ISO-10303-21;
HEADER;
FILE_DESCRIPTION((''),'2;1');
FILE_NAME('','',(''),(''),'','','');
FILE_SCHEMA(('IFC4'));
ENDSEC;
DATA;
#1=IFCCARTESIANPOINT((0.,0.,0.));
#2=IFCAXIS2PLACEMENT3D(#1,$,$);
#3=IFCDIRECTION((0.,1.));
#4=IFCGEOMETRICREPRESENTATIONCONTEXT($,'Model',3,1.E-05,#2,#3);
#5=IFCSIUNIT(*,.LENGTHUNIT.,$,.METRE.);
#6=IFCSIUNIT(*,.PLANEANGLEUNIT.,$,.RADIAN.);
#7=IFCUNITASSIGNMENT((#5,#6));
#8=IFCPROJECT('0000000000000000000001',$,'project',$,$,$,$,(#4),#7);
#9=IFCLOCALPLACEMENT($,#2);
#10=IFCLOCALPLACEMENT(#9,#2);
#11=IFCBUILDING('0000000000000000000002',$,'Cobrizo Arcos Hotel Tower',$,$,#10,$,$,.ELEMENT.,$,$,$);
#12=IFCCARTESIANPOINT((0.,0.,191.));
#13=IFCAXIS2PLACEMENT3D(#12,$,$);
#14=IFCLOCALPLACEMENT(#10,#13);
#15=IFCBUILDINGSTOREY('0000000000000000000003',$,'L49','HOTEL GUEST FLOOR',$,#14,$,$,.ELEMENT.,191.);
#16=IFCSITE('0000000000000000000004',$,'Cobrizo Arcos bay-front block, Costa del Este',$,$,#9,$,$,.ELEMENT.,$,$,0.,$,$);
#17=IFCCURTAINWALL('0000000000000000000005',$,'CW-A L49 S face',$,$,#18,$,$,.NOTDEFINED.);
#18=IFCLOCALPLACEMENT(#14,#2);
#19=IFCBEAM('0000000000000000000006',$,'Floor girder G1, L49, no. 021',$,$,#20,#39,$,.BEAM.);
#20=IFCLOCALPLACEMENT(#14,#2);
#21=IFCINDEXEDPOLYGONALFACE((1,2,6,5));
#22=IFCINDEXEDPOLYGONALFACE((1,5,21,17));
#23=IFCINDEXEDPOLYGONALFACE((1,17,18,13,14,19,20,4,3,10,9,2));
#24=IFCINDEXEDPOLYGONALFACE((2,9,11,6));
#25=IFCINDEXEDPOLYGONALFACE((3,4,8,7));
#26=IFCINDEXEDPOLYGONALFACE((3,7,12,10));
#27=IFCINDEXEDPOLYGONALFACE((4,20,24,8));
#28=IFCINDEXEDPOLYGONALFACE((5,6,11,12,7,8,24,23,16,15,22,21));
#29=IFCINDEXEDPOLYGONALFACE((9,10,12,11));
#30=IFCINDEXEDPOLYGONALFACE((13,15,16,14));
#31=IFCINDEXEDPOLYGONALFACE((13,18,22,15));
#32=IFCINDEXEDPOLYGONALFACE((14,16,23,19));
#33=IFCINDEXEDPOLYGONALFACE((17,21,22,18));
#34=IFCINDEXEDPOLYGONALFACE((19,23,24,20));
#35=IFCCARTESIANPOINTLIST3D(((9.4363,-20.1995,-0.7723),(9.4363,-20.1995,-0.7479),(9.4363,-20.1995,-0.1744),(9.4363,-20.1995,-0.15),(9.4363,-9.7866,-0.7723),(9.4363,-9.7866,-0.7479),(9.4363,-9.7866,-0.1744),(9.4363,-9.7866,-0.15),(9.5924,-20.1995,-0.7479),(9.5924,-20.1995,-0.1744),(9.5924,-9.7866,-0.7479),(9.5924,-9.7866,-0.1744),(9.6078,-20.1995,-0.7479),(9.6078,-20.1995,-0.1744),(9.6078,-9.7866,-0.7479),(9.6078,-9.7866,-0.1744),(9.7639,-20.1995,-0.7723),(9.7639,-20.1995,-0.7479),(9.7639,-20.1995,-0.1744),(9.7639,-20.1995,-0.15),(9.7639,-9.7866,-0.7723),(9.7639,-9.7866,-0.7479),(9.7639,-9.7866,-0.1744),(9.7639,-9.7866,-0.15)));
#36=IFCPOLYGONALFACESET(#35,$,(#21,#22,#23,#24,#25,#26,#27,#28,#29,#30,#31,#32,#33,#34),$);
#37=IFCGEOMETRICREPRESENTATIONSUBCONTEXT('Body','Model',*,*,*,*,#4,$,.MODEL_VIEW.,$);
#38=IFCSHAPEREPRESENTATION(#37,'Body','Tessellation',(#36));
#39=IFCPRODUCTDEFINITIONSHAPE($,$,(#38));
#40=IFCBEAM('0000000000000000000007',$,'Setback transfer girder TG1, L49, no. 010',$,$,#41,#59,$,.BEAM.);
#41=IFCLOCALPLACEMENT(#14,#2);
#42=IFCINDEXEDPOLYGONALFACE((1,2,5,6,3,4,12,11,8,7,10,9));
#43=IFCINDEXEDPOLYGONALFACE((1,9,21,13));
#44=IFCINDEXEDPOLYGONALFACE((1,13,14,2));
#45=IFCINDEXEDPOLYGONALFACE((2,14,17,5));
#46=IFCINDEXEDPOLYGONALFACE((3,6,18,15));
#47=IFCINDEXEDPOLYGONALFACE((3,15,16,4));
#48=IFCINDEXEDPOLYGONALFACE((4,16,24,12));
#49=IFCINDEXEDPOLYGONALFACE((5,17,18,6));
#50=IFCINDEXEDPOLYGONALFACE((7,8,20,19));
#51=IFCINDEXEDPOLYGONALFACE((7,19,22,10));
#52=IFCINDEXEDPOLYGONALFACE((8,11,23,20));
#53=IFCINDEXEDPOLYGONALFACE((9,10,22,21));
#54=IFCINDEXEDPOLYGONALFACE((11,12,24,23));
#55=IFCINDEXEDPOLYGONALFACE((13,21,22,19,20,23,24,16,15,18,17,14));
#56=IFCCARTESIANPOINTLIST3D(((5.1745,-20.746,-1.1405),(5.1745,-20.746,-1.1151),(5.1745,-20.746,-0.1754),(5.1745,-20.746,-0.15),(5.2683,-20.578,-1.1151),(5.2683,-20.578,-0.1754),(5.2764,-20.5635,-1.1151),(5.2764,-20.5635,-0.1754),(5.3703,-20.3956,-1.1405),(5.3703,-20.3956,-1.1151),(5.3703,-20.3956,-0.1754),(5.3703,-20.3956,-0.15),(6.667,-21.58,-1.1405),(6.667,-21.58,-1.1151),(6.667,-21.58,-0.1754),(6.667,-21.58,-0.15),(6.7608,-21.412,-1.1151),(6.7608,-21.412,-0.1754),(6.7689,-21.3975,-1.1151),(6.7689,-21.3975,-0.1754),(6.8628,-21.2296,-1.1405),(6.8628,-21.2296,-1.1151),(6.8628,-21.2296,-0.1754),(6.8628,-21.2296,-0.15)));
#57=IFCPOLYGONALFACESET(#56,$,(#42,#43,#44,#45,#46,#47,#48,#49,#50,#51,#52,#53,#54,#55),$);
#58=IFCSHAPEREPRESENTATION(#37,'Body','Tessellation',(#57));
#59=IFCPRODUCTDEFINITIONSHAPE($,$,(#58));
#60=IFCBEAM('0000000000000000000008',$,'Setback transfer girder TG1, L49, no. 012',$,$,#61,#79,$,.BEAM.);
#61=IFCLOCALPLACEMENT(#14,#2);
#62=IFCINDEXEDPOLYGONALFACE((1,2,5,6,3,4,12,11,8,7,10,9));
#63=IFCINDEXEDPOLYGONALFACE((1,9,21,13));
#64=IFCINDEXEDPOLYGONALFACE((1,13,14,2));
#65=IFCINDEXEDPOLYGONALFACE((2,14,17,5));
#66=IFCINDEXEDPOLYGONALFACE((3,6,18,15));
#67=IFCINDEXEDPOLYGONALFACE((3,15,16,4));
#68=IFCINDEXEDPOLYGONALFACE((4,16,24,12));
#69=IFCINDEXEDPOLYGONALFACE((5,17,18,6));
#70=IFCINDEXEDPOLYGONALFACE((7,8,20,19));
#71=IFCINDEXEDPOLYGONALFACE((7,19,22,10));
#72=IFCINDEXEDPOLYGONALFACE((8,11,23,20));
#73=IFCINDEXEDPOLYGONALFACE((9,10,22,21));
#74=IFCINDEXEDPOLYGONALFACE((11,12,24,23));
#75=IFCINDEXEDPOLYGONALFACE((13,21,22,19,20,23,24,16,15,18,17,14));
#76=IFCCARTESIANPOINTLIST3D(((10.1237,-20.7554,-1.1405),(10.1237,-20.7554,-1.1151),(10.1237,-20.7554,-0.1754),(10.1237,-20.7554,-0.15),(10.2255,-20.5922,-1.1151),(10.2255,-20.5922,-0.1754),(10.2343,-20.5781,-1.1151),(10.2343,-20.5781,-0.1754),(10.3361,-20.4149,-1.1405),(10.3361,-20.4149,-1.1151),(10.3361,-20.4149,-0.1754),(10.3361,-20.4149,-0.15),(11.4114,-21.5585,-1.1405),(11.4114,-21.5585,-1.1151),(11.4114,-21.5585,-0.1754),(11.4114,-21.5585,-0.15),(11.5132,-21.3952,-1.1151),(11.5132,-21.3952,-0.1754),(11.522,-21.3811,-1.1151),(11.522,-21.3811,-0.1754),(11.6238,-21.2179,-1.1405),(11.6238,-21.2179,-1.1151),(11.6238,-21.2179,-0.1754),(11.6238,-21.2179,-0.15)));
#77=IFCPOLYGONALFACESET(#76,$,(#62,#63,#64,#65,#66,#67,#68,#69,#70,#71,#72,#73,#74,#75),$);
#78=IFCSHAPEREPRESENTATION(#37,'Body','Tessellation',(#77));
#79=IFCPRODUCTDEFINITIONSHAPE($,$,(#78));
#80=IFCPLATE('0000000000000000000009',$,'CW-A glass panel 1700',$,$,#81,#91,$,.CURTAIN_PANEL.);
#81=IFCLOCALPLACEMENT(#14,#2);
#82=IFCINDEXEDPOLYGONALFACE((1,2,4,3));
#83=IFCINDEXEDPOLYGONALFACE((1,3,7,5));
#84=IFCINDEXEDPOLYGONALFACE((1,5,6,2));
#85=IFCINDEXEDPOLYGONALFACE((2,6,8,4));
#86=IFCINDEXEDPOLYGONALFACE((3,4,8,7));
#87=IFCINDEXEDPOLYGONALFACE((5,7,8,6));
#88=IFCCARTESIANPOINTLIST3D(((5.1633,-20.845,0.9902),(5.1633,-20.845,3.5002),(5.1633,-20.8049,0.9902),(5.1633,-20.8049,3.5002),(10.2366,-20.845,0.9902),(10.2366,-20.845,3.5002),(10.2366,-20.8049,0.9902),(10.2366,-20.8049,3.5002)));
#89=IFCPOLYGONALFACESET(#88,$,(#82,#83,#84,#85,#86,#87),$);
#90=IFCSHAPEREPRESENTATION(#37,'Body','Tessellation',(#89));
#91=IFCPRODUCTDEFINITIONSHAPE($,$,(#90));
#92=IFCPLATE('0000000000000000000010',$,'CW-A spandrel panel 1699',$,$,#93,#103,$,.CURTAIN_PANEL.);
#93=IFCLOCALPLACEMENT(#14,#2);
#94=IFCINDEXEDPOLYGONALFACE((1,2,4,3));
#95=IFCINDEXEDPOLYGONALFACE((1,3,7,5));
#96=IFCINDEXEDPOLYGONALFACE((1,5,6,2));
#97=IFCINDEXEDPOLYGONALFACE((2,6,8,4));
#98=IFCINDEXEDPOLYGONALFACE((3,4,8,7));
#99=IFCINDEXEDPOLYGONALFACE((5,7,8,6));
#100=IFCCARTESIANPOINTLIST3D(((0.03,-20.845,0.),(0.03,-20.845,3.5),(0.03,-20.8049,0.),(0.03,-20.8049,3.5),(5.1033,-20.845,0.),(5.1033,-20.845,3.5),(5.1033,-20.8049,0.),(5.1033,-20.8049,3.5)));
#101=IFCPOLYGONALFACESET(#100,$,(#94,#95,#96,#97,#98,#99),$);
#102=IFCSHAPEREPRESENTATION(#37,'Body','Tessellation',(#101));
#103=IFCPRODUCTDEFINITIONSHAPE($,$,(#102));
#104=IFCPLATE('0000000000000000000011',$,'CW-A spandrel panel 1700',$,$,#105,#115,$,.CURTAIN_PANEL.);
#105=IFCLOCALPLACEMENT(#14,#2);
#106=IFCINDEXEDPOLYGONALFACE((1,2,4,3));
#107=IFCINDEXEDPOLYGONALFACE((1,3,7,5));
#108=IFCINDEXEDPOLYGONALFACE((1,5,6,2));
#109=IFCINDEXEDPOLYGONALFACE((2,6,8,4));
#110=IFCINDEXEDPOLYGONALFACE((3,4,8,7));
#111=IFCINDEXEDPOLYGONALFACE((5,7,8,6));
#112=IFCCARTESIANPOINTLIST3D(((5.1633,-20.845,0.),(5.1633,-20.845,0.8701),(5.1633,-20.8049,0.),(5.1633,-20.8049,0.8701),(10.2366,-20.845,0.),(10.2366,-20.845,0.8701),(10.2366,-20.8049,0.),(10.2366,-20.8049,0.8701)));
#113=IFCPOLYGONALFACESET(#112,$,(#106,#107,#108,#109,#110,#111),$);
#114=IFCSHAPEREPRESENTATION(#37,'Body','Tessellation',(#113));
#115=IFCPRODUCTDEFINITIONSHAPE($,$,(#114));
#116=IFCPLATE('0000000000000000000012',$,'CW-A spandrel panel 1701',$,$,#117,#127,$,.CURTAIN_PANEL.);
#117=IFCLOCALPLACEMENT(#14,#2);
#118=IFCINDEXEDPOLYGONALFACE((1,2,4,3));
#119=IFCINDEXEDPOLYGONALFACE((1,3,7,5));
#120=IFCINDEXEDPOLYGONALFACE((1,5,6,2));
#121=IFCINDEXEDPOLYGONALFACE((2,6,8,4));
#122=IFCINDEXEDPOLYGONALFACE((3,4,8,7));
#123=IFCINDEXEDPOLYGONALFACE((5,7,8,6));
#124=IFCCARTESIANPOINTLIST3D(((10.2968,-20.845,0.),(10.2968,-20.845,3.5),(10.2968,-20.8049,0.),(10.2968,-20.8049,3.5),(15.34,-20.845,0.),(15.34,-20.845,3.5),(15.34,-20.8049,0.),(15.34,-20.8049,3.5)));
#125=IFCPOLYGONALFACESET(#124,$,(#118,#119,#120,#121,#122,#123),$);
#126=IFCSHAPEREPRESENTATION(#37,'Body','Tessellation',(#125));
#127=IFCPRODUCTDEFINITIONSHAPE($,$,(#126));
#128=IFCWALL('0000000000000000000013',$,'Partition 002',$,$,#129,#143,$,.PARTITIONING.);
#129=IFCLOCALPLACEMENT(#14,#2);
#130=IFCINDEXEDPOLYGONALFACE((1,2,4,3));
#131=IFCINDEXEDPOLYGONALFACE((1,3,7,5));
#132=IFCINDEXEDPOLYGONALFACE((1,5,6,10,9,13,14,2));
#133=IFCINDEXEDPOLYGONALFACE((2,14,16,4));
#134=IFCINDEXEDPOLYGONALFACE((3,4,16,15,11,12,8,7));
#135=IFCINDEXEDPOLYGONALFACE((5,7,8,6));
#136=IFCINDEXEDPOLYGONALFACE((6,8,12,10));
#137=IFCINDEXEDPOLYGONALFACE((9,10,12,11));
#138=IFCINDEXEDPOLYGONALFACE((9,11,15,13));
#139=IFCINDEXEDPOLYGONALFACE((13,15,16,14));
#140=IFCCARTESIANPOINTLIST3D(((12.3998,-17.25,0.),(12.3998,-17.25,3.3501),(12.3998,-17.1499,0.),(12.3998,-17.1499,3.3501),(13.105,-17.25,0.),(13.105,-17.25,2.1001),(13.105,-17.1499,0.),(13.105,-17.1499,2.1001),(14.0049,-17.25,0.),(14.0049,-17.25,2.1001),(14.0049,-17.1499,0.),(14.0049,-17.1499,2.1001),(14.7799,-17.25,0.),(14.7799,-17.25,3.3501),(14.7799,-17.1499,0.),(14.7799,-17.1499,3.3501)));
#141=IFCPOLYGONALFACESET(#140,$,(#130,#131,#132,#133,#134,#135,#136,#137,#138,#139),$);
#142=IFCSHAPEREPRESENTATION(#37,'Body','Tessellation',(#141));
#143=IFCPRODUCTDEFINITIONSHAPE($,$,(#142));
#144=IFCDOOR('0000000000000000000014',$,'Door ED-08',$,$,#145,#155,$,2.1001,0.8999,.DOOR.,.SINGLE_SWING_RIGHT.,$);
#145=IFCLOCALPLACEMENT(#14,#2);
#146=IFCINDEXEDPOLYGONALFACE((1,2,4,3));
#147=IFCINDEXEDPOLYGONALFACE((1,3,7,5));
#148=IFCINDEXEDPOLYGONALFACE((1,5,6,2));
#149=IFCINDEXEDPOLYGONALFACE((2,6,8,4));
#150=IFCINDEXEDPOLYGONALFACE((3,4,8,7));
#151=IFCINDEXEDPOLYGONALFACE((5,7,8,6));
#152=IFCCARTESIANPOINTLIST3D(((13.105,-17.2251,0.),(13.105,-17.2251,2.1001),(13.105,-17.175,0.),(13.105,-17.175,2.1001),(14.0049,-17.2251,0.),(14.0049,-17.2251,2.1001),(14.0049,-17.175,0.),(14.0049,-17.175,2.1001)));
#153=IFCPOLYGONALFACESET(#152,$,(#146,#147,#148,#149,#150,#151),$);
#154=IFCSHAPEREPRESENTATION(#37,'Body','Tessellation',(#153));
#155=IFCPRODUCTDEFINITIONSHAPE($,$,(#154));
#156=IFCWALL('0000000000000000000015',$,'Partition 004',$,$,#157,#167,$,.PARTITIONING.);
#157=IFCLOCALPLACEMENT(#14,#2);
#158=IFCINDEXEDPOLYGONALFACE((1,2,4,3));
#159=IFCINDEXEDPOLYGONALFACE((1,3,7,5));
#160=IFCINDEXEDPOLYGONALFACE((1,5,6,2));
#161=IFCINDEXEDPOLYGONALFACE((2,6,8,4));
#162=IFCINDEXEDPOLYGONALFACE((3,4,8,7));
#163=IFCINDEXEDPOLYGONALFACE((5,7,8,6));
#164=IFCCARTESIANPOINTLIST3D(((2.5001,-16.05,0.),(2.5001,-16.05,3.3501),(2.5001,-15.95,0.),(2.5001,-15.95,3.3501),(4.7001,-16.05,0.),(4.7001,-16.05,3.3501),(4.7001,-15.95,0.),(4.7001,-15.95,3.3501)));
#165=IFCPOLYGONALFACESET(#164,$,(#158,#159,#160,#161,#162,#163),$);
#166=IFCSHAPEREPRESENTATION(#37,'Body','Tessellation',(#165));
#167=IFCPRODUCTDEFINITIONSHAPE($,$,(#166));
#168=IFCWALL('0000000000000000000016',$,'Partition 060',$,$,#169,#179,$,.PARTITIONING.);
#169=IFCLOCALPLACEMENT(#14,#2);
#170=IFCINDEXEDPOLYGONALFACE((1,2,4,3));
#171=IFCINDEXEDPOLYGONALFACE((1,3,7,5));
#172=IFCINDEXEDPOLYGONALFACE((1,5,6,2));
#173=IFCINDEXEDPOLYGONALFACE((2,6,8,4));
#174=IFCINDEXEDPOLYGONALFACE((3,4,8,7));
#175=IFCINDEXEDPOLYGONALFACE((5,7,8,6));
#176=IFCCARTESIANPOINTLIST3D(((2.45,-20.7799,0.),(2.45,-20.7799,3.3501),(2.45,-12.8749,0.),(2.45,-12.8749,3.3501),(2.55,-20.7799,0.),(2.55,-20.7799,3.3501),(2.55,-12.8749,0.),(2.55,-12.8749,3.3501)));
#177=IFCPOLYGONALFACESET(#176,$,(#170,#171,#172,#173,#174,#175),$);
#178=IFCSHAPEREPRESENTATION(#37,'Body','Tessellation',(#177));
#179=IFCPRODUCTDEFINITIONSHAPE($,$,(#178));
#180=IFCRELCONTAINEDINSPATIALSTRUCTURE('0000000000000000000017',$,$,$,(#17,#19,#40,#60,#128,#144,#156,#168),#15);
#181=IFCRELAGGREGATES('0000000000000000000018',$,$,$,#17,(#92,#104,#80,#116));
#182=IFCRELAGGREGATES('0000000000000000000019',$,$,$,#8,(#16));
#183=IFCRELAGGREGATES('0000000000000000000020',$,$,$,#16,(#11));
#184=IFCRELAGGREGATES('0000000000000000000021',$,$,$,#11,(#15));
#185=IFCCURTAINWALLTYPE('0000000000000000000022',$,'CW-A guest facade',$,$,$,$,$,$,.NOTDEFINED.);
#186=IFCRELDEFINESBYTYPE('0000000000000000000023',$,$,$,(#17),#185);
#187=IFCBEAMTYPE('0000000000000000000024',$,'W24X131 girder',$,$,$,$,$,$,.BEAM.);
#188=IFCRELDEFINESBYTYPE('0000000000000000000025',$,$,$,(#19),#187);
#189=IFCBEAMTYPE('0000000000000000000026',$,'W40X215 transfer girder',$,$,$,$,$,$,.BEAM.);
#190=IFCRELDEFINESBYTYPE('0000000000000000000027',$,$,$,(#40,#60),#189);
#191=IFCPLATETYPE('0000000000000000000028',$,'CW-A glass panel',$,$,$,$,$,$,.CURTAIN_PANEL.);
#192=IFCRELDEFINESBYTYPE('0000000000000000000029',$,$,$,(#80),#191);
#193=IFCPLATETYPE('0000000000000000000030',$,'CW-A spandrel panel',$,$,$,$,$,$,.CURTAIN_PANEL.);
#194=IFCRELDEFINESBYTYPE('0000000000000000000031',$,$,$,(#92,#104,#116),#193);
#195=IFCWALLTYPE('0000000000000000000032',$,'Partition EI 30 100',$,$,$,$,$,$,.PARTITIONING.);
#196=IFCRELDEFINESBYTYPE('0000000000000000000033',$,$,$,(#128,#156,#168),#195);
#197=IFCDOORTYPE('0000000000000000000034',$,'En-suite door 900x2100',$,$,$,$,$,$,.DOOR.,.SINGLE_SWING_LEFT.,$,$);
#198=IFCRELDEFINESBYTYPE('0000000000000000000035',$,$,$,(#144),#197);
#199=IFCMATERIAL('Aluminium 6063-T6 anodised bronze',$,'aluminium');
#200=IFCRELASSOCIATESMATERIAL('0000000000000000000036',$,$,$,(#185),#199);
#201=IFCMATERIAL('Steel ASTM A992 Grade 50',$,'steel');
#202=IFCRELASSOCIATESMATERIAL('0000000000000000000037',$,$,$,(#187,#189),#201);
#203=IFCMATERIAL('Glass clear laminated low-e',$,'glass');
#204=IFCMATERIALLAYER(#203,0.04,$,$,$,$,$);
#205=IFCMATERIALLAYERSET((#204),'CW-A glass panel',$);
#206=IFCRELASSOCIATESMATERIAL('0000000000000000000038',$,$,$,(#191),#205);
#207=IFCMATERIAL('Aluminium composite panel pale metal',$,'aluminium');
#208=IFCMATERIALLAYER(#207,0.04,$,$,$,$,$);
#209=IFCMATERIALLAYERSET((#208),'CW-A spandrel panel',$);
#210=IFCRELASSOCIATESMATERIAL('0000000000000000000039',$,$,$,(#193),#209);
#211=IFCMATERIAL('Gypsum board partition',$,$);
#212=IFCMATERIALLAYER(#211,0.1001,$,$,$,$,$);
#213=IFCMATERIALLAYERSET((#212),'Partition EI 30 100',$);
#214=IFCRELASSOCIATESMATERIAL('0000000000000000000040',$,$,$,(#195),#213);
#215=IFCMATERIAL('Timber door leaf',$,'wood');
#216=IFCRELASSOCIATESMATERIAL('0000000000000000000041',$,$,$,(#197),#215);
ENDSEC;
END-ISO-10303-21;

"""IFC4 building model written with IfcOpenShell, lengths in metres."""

from ifc_helpers import new_model, si_unit, direction, frame, frame_2d, origin, origin_2d, place, context, subcontext, project, spatial, rectangle, i_section, extrude, material, layer, layer_set, material_profile, profile_set, type_object, element, fill, aggregate, save


model = new_model("IFC4")

# Units and contexts
model_context = context("Model", 3, precision=1e-05, world=origin(), true_north=direction((0.0, 1.0)))
body_context = subcontext(model_context, "Body", "Model", "MODEL_VIEW")
ifc_project = project(units=[si_unit("LENGTHUNIT", "METRE"), si_unit("PLANEANGLEUNIT", "RADIAN")], contexts=[model_context])

# Site, building, storey
site_placement = place(None, origin())
site = spatial("IfcSite", under=ifc_project, at=site_placement, Name="Cobrizo Arcos bay-front block, Costa del Este", CompositionType="ELEMENT", RefElevation=0.0)
building_placement = place(site_placement, origin())
building = spatial("IfcBuilding", under=site, at=building_placement, Name="Cobrizo Arcos Hotel Tower", CompositionType="ELEMENT")
storey_placement = place(building_placement, frame((0.0, 0.0, 191.0)))
storey = spatial("IfcBuildingStorey", under=building, at=storey_placement, Name="L49", Description="HOTEL GUEST FLOOR", CompositionType="ELEMENT", Elevation=191.0)

# Curtain wall
ifc_material_1 = material(Name="Aluminium 6063-T6 anodised bronze", Category="aluminium")
curtain_wall_type = type_object("IfcCurtainWallType", Name="CW-A guest facade", PredefinedType="NOTDEFINED", material=ifc_material_1)
curtain_wall_placement = place(storey_placement, origin())
curtain_wall = element("IfcCurtainWall", 1, at=curtain_wall_placement, inside=storey, type_object=curtain_wall_type, Name="CW-A L49 S face", PredefinedType="NOTDEFINED")

# Beams
ifc_material_2 = material(Name="Steel ASTM A992 Grade 50", Category="steel")
ifc_material_profile_1 = material_profile(ifc_material_2, i_section(OverallWidth=0.3276, OverallDepth=0.6223, WebThickness=0.0154, FlangeThickness=0.0244, at=origin_2d()), Name="W24X131")
ifc_profile_set_1 = profile_set([ifc_material_profile_1], Name="Steel ASTM A992 Grade 50")
beam_type_1 = type_object("IfcBeamType", Name="W24X131 girder", PredefinedType="BEAM", material=ifc_profile_set_1)
beam_1_placement = place(storey_placement, frame((9.6001, -20.1995, -0.4612), z_axis=(0.0, 1.0, 0.0), x_axis=(-1.0, 0.0, 0.0)))
element("IfcBeam", 2, at=beam_1_placement, inside=storey, type_object=beam_type_1, Name="Floor girder G1, L49, no. 021", PredefinedType="BEAM", context=body_context, shape_type="SweptSolid", body=[
    extrude(i_section(OverallWidth=0.3276, OverallDepth=0.6223, WebThickness=0.0154, FlangeThickness=0.0244, at=origin_2d()), origin(), (0.0, 0.0, 1.0), 10.4128),
])
ifc_material_profile_2 = material_profile(ifc_material_2, i_section(OverallWidth=0.4014, OverallDepth=0.9905, WebThickness=0.0166, FlangeThickness=0.0254, at=origin_2d()), Name="W40X215")
ifc_profile_set_2 = profile_set([ifc_material_profile_2], Name="Steel ASTM A992 Grade 50")
beam_type_2 = type_object("IfcBeamType", Name="W40X215 transfer girder", PredefinedType="BEAM", material=ifc_profile_set_2)
beam_2_placement = place(storey_placement, frame((6.7649, -21.4048, -0.6453), z_axis=(-0.872949, 0.487812, 0.0), x_axis=(-0.487812, -0.872949, 0.0)))
element("IfcBeam", 3, at=beam_2_placement, inside=storey, type_object=beam_type_2, Name="Setback transfer girder TG1, L49, no. 010", PredefinedType="BEAM", context=body_context, shape_type="SweptSolid", body=[
    extrude(i_section(OverallWidth=0.4014, OverallDepth=0.9905, WebThickness=0.0166, FlangeThickness=0.0254, at=origin_2d()), origin(), (0.0, 0.0, 1.0), 1.7097),
])
beam_3_placement = place(storey_placement, frame((11.5176, -21.3882, -0.6453), z_axis=(-0.848522, 0.52916, 0.0), x_axis=(-0.52916, -0.848522, 0.0)))
element("IfcBeam", 4, at=beam_3_placement, inside=storey, type_object=beam_type_2, Name="Setback transfer girder TG1, L49, no. 012", PredefinedType="BEAM", context=body_context, shape_type="SweptSolid", body=[
    extrude(i_section(OverallWidth=0.4014, OverallDepth=0.9905, WebThickness=0.0166, FlangeThickness=0.0254, at=origin_2d()), origin(), (0.0, 0.0, 1.0), 1.5176),
])

# Plates
ifc_material_3 = material(Name="Glass clear laminated low-e", Category="glass")
ifc_layer_1 = layer(ifc_material_3, 0.04)
ifc_layer_set_1 = layer_set([ifc_layer_1], Name="CW-A glass panel")
plate_type_1 = type_object("IfcPlateType", Name="CW-A glass panel", PredefinedType="CURTAIN_PANEL", material=ifc_layer_set_1)
plate_1_placement = place(storey_placement, frame((7.7, -20.825, 0.9902), z_axis=(0.0, 0.0, 1.0), x_axis=(1.0, 0.0, 0.0)))
plate_1 = element("IfcPlate", 5, at=plate_1_placement, type_object=plate_type_1, Name="CW-A glass panel 1700", PredefinedType="CURTAIN_PANEL", context=body_context, shape_type="SweptSolid", body=[
    extrude(rectangle(XDim=5.0732, YDim=0.04, at=origin_2d()), origin(), (0.0, 0.0, 1.0), 2.51),
])
ifc_material_4 = material(Name="Aluminium composite panel pale metal", Category="aluminium")
ifc_layer_2 = layer(ifc_material_4, 0.04)
ifc_layer_set_2 = layer_set([ifc_layer_2], Name="CW-A spandrel panel")
plate_type_2 = type_object("IfcPlateType", Name="CW-A spandrel panel", PredefinedType="CURTAIN_PANEL", material=ifc_layer_set_2)
plate_2_placement = place(storey_placement, frame((2.5667, -20.825, 0.0), z_axis=(0.0, 0.0, 1.0), x_axis=(1.0, 0.0, 0.0)))
plate_2 = element("IfcPlate", 6, at=plate_2_placement, type_object=plate_type_2, Name="CW-A spandrel panel 1699", PredefinedType="CURTAIN_PANEL", context=body_context, shape_type="SweptSolid", body=[
    extrude(rectangle(XDim=5.0732, YDim=0.04, at=origin_2d()), origin(), (0.0, 0.0, 1.0), 3.5),
])
plate_3_placement = place(storey_placement, frame((7.7, -20.825, 0.0), z_axis=(0.0, 0.0, 1.0), x_axis=(1.0, 0.0, 0.0)))
plate_3 = element("IfcPlate", 7, at=plate_3_placement, type_object=plate_type_2, Name="CW-A spandrel panel 1700", PredefinedType="CURTAIN_PANEL", context=body_context, shape_type="SweptSolid", body=[
    extrude(rectangle(XDim=5.0732, YDim=0.04, at=origin_2d()), origin(), (0.0, 0.0, 1.0), 0.8701),
])
plate_4_placement = place(storey_placement, frame((12.8184, -20.825, 0.0), z_axis=(0.0, 0.0, 1.0), x_axis=(1.0, 0.0, 0.0)))
plate_4 = element("IfcPlate", 8, at=plate_4_placement, type_object=plate_type_2, Name="CW-A spandrel panel 1701", PredefinedType="CURTAIN_PANEL", context=body_context, shape_type="SweptSolid", body=[
    extrude(rectangle(XDim=5.0432, YDim=0.04, at=origin_2d()), origin(), (0.0, 0.0, 1.0), 3.5),
])
aggregate(curtain_wall, [plate_2, plate_3, plate_1, plate_4])

# Wall, opening, door
ifc_material_5 = material(Name="Gypsum board partition")
ifc_layer_3 = layer(ifc_material_5, 0.1001)
ifc_layer_set_3 = layer_set([ifc_layer_3], Name="Partition EI 30 100")
wall_type = type_object("IfcWallType", Name="Partition EI 30 100", PredefinedType="PARTITIONING", material=ifc_layer_set_3)
wall_1_placement = place(storey_placement, frame((12.3999, -17.2, 0.0), z_axis=(0.0, 0.0, 1.0), x_axis=(1.0, 0.0, 0.0)))
wall_1 = element("IfcWall", 9, at=wall_1_placement, inside=storey, type_object=wall_type, Name="Partition 002", PredefinedType="PARTITIONING", context=body_context, shape_type="SweptSolid", body=[
    extrude(rectangle(XDim=2.3801, YDim=0.1001, at=frame_2d((1.1899, 0.0))), origin(), (0.0, 0.0, 1.0), 3.3501),
])
opening_1_placement = place(wall_1_placement, frame((0.7051, 0.0, 0.0)))
opening_1 = element("IfcOpeningElement", 10, at=opening_1_placement, cuts=wall_1, PredefinedType="OPENING", context=body_context, shape_type="SweptSolid", body=[
    extrude(rectangle(XDim=0.8999, YDim=2.1001, at=frame_2d((0.45, 1.05))), frame((0.0, 0.062, 0.0), z_axis=(0.0, -1.0, 0.0), x_axis=(1.0, 0.0, 0.0)), (0.0, 0.0, 1.0), 0.124),
])
ifc_material_6 = material(Name="Timber door leaf", Category="wood")
door_type_1 = type_object("IfcDoorType", Name="En-suite door 900x2100", OperationType="SINGLE_SWING_LEFT", PredefinedType="DOOR", material=ifc_material_6)
door_1_placement = place(opening_1_placement, origin())
door_1 = element("IfcDoor", 11, at=door_1_placement, inside=storey, type_object=door_type_1, Name="Door ED-08", OperationType="SINGLE_SWING_RIGHT", OverallHeight=2.1001, OverallWidth=0.8999, PredefinedType="DOOR", context=body_context, shape_type="SweptSolid", body=[
    extrude(rectangle(XDim=0.8999, YDim=2.1001, at=frame_2d((0.45, 1.05))), frame((0.0, 0.0249, 0.0), z_axis=(0.0, -1.0, 0.0), x_axis=(1.0, 0.0, 0.0)), (0.0, 0.0, 1.0), 0.05),
])
fill(opening_1, door_1)

# Walls
wall_2_placement = place(storey_placement, frame((2.5, -16.0, 0.0), z_axis=(0.0, 0.0, 1.0), x_axis=(1.0, 0.0, 0.0)))
element("IfcWall", 12, at=wall_2_placement, inside=storey, type_object=wall_type, Name="Partition 004", PredefinedType="PARTITIONING", context=body_context, shape_type="SweptSolid", body=[
    extrude(rectangle(XDim=2.2, YDim=0.1001, at=frame_2d((1.1001, 0.0))), origin(), (0.0, 0.0, 1.0), 3.3501),
])
wall_3_placement = place(storey_placement, frame((2.5, -20.78, 0.0), z_axis=(0.0, 0.0, 1.0), x_axis=(0.0, 1.0, 0.0)))
element("IfcWall", 13, at=wall_3_placement, inside=storey, type_object=wall_type, Name="Partition 060", PredefinedType="PARTITIONING", context=body_context, shape_type="SweptSolid", body=[
    extrude(rectangle(XDim=7.905, YDim=0.1001, at=frame_2d((3.9526, 0.0))), origin(), (0.0, 0.0, 1.0), 3.3501),
])

save(model, "model.ifc")
